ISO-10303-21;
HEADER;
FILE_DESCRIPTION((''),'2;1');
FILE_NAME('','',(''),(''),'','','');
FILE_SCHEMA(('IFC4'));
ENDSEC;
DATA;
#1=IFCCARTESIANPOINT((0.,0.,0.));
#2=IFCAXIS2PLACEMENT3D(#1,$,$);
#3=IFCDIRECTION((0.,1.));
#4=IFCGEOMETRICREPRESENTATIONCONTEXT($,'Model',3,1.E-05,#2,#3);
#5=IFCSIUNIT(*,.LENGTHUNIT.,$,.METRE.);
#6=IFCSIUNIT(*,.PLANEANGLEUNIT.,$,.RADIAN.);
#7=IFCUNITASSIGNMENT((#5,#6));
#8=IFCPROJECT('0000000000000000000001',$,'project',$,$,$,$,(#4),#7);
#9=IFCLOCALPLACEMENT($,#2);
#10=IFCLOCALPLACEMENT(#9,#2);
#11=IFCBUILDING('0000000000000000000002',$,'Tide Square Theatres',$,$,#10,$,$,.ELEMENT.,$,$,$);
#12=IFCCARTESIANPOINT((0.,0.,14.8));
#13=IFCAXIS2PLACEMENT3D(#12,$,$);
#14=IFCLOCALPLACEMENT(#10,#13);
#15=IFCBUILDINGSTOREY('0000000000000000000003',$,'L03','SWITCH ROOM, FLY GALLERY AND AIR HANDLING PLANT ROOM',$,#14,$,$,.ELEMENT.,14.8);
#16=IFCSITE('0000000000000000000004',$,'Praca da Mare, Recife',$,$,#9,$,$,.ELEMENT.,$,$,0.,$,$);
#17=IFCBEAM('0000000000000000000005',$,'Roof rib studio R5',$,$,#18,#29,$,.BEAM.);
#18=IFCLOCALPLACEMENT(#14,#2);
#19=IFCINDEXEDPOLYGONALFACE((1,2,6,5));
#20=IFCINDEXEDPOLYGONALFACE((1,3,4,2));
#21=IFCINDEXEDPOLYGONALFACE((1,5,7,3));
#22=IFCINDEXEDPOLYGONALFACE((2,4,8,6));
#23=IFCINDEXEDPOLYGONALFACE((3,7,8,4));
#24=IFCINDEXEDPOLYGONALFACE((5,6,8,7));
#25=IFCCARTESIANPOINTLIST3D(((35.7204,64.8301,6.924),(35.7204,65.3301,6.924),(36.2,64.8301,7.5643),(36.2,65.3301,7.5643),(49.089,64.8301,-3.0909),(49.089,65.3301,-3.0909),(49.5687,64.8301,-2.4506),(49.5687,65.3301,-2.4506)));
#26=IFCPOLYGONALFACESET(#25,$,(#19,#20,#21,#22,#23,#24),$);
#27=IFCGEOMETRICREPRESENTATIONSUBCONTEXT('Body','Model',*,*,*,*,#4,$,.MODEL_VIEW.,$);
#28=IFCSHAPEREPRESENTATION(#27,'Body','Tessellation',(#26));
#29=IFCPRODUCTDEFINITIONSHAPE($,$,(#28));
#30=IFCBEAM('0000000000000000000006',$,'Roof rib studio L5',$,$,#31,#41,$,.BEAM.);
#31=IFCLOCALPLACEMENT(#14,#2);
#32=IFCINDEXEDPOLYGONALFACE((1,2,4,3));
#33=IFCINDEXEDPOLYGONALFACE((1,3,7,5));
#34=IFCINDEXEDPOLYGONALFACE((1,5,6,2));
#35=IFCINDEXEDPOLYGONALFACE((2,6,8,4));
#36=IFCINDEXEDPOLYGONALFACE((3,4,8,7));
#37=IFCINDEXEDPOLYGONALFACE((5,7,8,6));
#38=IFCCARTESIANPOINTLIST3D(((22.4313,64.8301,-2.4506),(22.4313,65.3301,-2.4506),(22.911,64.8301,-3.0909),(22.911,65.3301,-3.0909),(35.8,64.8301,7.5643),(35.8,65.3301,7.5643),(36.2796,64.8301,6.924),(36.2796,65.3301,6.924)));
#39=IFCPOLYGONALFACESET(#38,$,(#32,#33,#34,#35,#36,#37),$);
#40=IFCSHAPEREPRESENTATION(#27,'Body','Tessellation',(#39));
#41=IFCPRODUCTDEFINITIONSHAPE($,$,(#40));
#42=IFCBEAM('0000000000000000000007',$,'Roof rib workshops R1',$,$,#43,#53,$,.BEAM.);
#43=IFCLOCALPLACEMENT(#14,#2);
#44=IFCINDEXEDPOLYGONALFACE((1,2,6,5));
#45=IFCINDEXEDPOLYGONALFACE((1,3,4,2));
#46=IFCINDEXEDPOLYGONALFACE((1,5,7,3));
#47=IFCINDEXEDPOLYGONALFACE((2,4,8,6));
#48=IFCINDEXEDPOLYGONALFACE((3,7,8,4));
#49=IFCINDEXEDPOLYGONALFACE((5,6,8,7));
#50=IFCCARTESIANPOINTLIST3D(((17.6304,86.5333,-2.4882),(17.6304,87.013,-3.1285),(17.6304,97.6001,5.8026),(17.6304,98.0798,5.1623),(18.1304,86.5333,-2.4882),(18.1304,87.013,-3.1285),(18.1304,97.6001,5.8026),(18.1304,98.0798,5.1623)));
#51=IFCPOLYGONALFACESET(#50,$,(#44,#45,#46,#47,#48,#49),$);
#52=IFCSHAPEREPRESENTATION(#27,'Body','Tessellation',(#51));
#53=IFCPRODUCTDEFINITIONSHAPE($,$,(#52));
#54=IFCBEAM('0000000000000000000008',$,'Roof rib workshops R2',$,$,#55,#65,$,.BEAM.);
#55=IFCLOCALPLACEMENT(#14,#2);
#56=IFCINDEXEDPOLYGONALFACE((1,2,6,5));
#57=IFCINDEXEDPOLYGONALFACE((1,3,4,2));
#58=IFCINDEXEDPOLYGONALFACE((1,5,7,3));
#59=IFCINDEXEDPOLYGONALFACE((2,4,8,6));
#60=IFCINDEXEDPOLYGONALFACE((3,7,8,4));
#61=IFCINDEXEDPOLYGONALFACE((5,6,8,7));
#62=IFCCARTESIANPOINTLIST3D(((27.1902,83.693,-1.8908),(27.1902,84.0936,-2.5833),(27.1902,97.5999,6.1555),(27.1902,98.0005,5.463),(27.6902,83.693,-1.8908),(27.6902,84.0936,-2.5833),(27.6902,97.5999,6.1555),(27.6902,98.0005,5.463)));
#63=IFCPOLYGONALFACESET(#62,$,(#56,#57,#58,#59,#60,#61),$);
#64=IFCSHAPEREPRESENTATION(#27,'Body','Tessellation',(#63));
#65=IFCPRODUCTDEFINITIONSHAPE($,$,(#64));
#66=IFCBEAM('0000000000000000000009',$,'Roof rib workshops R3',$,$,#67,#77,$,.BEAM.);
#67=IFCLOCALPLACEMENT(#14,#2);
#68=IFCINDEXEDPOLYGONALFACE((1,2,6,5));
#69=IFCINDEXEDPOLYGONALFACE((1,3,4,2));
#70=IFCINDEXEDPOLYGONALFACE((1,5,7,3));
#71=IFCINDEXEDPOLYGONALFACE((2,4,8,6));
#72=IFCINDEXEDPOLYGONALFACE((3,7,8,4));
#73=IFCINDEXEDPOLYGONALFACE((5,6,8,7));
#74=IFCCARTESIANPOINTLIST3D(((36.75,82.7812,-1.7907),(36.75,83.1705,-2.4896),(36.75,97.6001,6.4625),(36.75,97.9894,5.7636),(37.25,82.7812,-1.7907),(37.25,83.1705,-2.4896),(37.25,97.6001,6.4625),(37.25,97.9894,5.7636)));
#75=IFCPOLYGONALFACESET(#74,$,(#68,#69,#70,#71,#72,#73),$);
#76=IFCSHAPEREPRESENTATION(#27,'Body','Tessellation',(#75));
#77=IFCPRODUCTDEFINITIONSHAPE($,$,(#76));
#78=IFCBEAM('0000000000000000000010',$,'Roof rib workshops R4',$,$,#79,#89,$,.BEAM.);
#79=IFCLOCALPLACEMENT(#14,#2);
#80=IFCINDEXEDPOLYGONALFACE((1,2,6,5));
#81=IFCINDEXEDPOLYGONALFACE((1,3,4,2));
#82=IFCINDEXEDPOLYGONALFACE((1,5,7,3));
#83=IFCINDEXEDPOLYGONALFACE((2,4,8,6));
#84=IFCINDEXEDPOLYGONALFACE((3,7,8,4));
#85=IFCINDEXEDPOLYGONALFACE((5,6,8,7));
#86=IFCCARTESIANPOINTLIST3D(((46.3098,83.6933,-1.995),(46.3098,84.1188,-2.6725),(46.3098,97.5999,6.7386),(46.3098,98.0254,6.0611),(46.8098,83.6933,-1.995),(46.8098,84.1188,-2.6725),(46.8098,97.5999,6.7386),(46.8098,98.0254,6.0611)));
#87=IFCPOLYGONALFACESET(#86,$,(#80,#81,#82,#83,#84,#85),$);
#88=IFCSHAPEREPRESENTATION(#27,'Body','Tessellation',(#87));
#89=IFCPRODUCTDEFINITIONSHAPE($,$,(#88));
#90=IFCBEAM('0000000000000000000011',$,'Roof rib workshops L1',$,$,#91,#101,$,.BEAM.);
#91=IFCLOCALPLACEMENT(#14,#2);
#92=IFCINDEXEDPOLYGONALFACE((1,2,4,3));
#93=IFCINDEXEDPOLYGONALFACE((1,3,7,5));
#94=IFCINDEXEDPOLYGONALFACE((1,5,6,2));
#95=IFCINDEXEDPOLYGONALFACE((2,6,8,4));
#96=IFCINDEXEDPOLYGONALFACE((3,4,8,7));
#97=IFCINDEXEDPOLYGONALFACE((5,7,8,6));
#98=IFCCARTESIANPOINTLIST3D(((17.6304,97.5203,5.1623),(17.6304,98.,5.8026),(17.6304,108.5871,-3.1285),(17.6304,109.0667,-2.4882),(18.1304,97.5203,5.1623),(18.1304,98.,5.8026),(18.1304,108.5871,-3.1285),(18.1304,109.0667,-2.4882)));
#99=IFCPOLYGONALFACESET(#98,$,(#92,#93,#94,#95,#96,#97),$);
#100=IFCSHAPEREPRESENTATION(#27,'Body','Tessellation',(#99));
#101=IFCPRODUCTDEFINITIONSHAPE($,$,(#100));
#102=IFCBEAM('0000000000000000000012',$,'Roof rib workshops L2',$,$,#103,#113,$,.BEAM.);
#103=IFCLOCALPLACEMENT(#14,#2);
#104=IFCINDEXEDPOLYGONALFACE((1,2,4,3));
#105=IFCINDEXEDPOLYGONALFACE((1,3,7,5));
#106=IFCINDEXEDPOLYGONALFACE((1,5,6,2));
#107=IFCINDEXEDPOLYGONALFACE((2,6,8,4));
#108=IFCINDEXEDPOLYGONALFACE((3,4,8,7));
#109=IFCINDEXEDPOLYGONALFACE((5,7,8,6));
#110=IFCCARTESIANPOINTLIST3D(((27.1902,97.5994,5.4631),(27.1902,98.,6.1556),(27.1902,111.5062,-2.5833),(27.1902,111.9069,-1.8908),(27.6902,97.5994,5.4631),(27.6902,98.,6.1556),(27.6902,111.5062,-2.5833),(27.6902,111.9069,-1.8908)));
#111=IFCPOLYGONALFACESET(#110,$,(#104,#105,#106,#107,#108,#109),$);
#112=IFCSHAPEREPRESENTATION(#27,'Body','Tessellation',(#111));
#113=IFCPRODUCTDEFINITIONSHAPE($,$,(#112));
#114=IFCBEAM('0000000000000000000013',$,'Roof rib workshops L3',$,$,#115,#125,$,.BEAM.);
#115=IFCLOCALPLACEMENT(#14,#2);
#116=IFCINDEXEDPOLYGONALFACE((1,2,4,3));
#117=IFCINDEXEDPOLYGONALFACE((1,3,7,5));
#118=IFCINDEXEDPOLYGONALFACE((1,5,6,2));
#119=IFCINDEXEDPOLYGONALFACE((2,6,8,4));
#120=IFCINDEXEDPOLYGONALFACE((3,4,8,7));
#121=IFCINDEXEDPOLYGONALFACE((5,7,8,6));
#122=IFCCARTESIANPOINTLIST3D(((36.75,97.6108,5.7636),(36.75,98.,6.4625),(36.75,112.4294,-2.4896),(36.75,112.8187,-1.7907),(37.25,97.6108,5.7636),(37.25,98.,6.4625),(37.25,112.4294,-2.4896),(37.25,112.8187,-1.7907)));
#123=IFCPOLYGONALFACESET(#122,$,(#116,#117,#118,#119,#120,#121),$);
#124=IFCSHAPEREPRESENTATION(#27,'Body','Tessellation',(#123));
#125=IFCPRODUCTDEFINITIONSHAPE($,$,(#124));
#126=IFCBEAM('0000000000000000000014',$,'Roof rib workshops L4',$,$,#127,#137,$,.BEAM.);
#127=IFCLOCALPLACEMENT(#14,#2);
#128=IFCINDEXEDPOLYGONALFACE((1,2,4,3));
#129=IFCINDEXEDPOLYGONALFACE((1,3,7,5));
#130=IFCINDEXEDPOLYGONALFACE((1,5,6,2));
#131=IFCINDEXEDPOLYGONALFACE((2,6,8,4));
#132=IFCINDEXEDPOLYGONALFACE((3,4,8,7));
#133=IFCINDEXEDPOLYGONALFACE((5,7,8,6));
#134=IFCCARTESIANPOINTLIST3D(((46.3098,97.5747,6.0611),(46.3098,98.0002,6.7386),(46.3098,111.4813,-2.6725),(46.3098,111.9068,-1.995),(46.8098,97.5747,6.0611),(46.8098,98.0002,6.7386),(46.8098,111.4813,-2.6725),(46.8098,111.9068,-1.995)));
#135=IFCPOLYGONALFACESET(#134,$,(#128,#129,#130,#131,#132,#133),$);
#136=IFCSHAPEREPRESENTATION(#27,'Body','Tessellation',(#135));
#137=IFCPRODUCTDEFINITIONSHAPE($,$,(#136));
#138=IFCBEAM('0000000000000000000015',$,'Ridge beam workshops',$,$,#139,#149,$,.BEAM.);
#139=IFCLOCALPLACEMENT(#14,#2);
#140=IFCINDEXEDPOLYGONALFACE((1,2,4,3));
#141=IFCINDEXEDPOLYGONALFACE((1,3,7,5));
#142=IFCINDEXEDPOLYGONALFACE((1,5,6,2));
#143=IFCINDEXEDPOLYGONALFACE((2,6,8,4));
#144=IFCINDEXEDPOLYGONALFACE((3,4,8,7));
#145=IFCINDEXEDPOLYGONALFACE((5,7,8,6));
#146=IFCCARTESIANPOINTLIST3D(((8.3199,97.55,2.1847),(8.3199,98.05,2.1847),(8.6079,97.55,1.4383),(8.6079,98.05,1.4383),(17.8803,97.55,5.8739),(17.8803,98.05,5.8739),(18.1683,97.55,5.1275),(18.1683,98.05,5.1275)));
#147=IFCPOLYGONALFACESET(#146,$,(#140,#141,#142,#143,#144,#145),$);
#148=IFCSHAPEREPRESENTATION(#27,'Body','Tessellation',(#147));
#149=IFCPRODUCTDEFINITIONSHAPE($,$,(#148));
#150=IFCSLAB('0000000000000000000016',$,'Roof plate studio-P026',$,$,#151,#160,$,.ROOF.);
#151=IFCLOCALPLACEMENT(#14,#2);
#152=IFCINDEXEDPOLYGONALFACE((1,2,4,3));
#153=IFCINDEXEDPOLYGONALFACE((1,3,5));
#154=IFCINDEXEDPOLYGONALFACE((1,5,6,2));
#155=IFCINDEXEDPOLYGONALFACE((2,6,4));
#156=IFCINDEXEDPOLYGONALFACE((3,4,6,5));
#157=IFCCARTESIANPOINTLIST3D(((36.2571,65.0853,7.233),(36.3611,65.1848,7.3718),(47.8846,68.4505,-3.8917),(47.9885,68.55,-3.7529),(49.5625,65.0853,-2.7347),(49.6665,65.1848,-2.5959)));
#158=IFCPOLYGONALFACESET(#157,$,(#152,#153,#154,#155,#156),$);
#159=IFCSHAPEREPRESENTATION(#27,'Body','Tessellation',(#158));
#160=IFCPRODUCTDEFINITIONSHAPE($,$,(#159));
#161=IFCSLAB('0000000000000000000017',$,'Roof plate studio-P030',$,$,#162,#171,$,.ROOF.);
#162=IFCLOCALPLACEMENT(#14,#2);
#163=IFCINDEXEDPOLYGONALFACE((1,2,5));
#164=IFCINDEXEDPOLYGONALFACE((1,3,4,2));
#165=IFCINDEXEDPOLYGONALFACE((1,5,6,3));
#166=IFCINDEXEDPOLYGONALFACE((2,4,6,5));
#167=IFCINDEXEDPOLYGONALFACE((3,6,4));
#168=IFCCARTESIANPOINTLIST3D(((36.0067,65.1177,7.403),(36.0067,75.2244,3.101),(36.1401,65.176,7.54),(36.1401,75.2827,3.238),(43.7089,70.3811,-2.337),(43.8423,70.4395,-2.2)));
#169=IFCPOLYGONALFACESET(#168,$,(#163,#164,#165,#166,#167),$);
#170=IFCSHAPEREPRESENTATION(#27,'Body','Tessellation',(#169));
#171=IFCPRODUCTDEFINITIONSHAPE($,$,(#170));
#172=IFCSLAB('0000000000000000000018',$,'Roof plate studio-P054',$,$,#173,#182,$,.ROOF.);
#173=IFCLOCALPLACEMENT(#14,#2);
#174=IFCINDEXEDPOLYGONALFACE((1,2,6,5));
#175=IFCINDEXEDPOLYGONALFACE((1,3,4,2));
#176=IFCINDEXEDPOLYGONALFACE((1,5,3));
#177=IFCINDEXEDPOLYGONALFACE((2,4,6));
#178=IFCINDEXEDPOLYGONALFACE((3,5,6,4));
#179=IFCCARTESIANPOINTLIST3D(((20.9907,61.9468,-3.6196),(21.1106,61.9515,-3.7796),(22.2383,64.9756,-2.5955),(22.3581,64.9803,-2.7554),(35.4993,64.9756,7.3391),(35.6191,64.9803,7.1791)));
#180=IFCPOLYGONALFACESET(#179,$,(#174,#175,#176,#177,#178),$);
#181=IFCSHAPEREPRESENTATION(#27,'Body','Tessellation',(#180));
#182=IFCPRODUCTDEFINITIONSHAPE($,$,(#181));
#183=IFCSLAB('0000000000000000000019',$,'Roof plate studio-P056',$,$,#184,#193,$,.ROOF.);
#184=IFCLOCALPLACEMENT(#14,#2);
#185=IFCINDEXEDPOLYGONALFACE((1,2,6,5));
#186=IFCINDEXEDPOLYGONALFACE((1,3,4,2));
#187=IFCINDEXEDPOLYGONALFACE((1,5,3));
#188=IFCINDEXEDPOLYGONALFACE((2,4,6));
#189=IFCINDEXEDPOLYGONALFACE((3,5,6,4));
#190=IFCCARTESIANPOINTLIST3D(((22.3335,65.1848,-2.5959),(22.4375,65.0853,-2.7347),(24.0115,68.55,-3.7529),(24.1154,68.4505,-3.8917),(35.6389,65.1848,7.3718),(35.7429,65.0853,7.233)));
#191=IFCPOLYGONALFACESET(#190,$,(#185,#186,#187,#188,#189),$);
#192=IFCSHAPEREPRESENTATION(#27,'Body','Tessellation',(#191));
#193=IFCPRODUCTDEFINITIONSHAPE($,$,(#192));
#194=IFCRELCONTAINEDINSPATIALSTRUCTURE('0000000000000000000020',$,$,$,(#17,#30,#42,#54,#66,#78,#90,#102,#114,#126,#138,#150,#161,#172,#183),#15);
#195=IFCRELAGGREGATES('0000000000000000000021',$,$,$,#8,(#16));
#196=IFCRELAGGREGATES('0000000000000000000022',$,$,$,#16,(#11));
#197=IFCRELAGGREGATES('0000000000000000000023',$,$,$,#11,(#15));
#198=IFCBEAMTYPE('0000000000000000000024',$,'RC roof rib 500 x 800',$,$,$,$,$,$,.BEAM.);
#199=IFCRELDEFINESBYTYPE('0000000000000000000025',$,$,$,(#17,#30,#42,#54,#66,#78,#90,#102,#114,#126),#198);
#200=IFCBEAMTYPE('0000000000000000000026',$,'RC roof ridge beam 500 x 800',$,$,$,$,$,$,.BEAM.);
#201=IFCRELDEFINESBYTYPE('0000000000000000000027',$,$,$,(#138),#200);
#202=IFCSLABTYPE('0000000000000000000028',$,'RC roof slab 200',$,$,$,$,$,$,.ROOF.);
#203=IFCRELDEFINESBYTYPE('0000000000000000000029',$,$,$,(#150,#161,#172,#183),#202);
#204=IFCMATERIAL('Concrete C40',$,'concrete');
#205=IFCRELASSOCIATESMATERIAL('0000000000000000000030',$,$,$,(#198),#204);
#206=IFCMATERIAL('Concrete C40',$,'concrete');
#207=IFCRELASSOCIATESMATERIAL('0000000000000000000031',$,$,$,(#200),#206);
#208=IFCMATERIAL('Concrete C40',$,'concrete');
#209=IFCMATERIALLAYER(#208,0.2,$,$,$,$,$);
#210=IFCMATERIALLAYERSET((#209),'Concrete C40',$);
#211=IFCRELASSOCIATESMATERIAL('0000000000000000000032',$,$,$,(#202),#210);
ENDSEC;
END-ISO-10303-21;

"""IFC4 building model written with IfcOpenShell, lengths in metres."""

from ifc_helpers import new_model, si_unit, direction, frame, origin, origin_2d, place, context, subcontext, project, spatial, polyline, rectangle, outline, extrude, material, layer, layer_set, material_profile, profile_set, type_object, element, save


model = new_model("IFC4")

# Units and contexts
model_context = context("Model", 3, precision=1e-05, world=origin(), true_north=direction((0.0, 1.0)))
body_context = subcontext(model_context, "Body", "Model", "MODEL_VIEW")
ifc_project = project(units=[si_unit("LENGTHUNIT", "METRE"), si_unit("PLANEANGLEUNIT", "RADIAN")], contexts=[model_context])

# Site, building, storey
site_placement = place(None, origin())
site = spatial("IfcSite", under=ifc_project, at=site_placement, Name="Praca da Mare, Recife", CompositionType="ELEMENT", RefElevation=0.0)
building_placement = place(site_placement, origin())
building = spatial("IfcBuilding", under=site, at=building_placement, Name="Tide Square Theatres", CompositionType="ELEMENT")
storey_placement = place(building_placement, frame((0.0, 0.0, 14.8)))
storey = spatial("IfcBuildingStorey", under=building, at=storey_placement, Name="L03", Description="SWITCH ROOM, FLY GALLERY AND AIR HANDLING PLANT ROOM", CompositionType="ELEMENT", Elevation=14.8)

# Beams
ifc_material_1 = material(Name="Concrete C40", Category="concrete")
ifc_material_profile_1 = material_profile(ifc_material_1, rectangle(XDim=0.5, YDim=0.8, at=origin_2d()))
ifc_profile_set_1 = profile_set([ifc_material_profile_1], Name="Concrete C40")
beam_type_1 = type_object("IfcBeamType", Name="RC roof rib 500 x 800", PredefinedType="BEAM", material=ifc_profile_set_1)
for number, where, z_axis, x_axis, name in (
    (1, (49.3289, 65.0801, -2.7708), (-0.800333, 0.0, 0.599556), (0.0, -1.0, 0.0), "Roof rib studio R5"),
    (2, (22.6711, 65.0801, -2.7708), (0.800333, 0.0, 0.599556), (0.0, 1.0, 0.0), "Roof rib studio L5"),
):
    element("IfcBeam", number, at=place(storey_placement, frame(where, z_axis=z_axis, x_axis=x_axis)), inside=storey, type_object=beam_type_1, Name=name, PredefinedType="BEAM", context=body_context, shape_type="SweptSolid", body=[
        extrude(rectangle(XDim=0.5, YDim=0.8, at=origin_2d()), origin(), (0.0, 0.0, 1.0), 16.7039),
    ])
beam_1_placement = place(storey_placement, frame((17.8804, 86.7732, -2.8083), z_axis=(0.0, 0.80032, 0.599573), x_axis=(-1.0, 0.0, 0.0)))
element("IfcBeam", 3, at=beam_1_placement, inside=storey, type_object=beam_type_1, Name="Roof rib workshops R1", PredefinedType="BEAM", context=body_context, shape_type="SweptSolid", body=[
    extrude(rectangle(XDim=0.5, YDim=0.8, at=origin_2d()), origin(), (0.0, 0.0, 1.0), 13.8279),
])
beam_2_placement = place(storey_placement, frame((27.4402, 83.8933, -2.2371), z_axis=(0.0, 0.865562, 0.500802), x_axis=(-1.0, 0.0, 0.0)))
element("IfcBeam", 4, at=beam_2_placement, inside=storey, type_object=beam_type_1, Name="Roof rib workshops R2", PredefinedType="BEAM", context=body_context, shape_type="SweptSolid", body=[
    extrude(rectangle(XDim=0.5, YDim=0.8, at=origin_2d()), origin(), (0.0, 0.0, 1.0), 16.0669),
])
beam_3_placement = place(storey_placement, frame((37.0, 82.9758, -2.1401), z_axis=(0.0, 0.873644, 0.486565), x_axis=(-1.0, 0.0, 0.0)))
element("IfcBeam", 5, at=beam_3_placement, inside=storey, type_object=beam_type_1, Name="Roof rib workshops R3", PredefinedType="BEAM", context=body_context, shape_type="SweptSolid", body=[
    extrude(rectangle(XDim=0.5, YDim=0.8, at=origin_2d()), origin(), (0.0, 0.0, 1.0), 16.9622),
])
beam_4_placement = place(storey_placement, frame((46.5598, 83.906, -2.3337), z_axis=(0.0, 0.846849, 0.531834), x_axis=(-1.0, 0.0, 0.0)))
element("IfcBeam", 6, at=beam_4_placement, inside=storey, type_object=beam_type_1, Name="Roof rib workshops R4", PredefinedType="BEAM", context=body_context, shape_type="SweptSolid", body=[
    extrude(rectangle(XDim=0.5, YDim=0.8, at=origin_2d()), origin(), (0.0, 0.0, 1.0), 16.4216),
])
beam_5_placement = place(storey_placement, frame((17.8804, 108.8269, -2.8083), z_axis=(0.0, -0.80032, 0.599573), x_axis=(1.0, 0.0, 0.0)))
element("IfcBeam", 7, at=beam_5_placement, inside=storey, type_object=beam_type_1, Name="Roof rib workshops L1", PredefinedType="BEAM", context=body_context, shape_type="SweptSolid", body=[
    extrude(rectangle(XDim=0.5, YDim=0.8, at=origin_2d()), origin(), (0.0, 0.0, 1.0), 13.8279),
])
beam_6_placement = place(storey_placement, frame((27.4402, 111.7065, -2.2371), z_axis=(0.0, -0.865558, 0.500809), x_axis=(1.0, 0.0, 0.0)))
element("IfcBeam", 8, at=beam_6_placement, inside=storey, type_object=beam_type_1, Name="Roof rib workshops L2", PredefinedType="BEAM", context=body_context, shape_type="SweptSolid", body=[
    extrude(rectangle(XDim=0.5, YDim=0.8, at=origin_2d()), origin(), (0.0, 0.0, 1.0), 16.0669),
])
beam_7_placement = place(storey_placement, frame((37.0, 112.624, -2.1401), z_axis=(0.0, -0.873641, 0.486571), x_axis=(1.0, 0.0, 0.0)))
element("IfcBeam", 9, at=beam_7_placement, inside=storey, type_object=beam_type_1, Name="Roof rib workshops L3", PredefinedType="BEAM", context=body_context, shape_type="SweptSolid", body=[
    extrude(rectangle(XDim=0.5, YDim=0.8, at=origin_2d()), origin(), (0.0, 0.0, 1.0), 16.9619),
])
beam_8_placement = place(storey_placement, frame((46.5598, 111.6941, -2.3337), z_axis=(0.0, -0.846849, 0.531834), x_axis=(1.0, 0.0, 0.0)))
element("IfcBeam", 10, at=beam_8_placement, inside=storey, type_object=beam_type_1, Name="Roof rib workshops L4", PredefinedType="BEAM", context=body_context, shape_type="SweptSolid", body=[
    extrude(rectangle(XDim=0.5, YDim=0.8, at=origin_2d()), origin(), (0.0, 0.0, 1.0), 16.4216),
])
ifc_material_2 = material(Name="Concrete C40", Category="concrete")
ifc_material_profile_2 = material_profile(ifc_material_2, rectangle(XDim=0.5, YDim=0.8, at=origin_2d()))
ifc_profile_set_2 = profile_set([ifc_material_profile_2], Name="Concrete C40")
beam_type_2 = type_object("IfcBeamType", Name="RC roof ridge beam 500 x 800", PredefinedType="BEAM", material=ifc_profile_set_2)
beam_9_placement = place(storey_placement, frame((8.4639, 97.8, 1.8115), z_axis=(0.93295, 0.0, 0.360005), x_axis=(0.0, 1.0, 0.0)))
element("IfcBeam", 11, at=beam_9_placement, inside=storey, type_object=beam_type_2, Name="Ridge beam workshops", PredefinedType="BEAM", context=body_context, shape_type="SweptSolid", body=[
    extrude(rectangle(XDim=0.5, YDim=0.8, at=origin_2d()), origin(), (0.0, 0.0, 1.0), 10.2476),
])

# Slabs
ifc_material_3 = material(Name="Concrete C40", Category="concrete")
ifc_layer = layer(ifc_material_3, 0.2)
ifc_layer_set = layer_set([ifc_layer], Name="Concrete C40")
slab_type = type_object("IfcSlabType", Name="RC roof slab 200", PredefinedType="ROOF", material=ifc_layer_set)
slab_1_placement = place(storey_placement, frame((47.9885, 68.55, -3.7529), z_axis=(0.519966, 0.497892, 0.694074), x_axis=(-0.707254, -0.204695, 0.676677)))
element("IfcSlab", 12, at=slab_1_placement, inside=storey, type_object=slab_type, Name="Roof plate studio-P026", PredefinedType="ROOF", context=body_context, shape_type="SweptSolid", body=[
    extrude(outline(polyline([(0.0, 0.0), (16.4403, 0.0), (0.285, 3.924), (0.0, 0.0)])), origin(), (0.0, 0.0, -1.0), 0.2),
])
slab_2_placement = place(storey_placement, frame((43.8423, 70.4395, -2.2), z_axis=(0.667281, 0.291706, 0.685306), x_axis=(-0.726644, 0.456928, 0.513036)))
element("IfcSlab", 13, at=slab_2_placement, inside=storey, type_object=slab_type, Name="Roof plate studio-P030", PredefinedType="ROOF", context=body_context, shape_type="SweptSolid", body=[
    extrude(outline(polyline([(0.0, 0.0), (10.5996, 0.0), (8.1887, 10.7163), (0.0, 0.0)])), origin(), (0.0, 0.0, -1.0), 0.2),
])
slab_3_placement = place(storey_placement, frame((20.9907, 61.9468, -3.6196), z_axis=(-0.599401, -0.023656, 0.800099), x_axis=(0.787108, 0.164317, 0.594526)))
element("IfcSlab", 14, at=slab_3_placement, inside=storey, type_object=slab_type, Name="Roof plate studio-P054", PredefinedType="ROOF", context=body_context, shape_type="SweptSolid", body=[
    extrude(outline(polyline([(0.0, 0.0), (18.4327, 0.0), (2.0885, 2.7234), (0.0, 0.0)])), origin(), (0.0, 0.0, -1.0), 0.2),
])
slab_4_placement = place(storey_placement, frame((24.0115, 68.55, -3.7529), z_axis=(-0.519966, 0.497892, 0.694074), x_axis=(-0.426496, -0.855349, 0.294073)))
element("IfcSlab", 15, at=slab_4_placement, inside=storey, type_object=slab_type, Name="Roof plate studio-P056", PredefinedType="ROOF", context=body_context, shape_type="SweptSolid", body=[
    extrude(outline(polyline([(0.0, 0.0), (3.9343, 0.0), (1.1909, 16.3971), (0.0, 0.0)])), origin(), (0.0, 0.0, -1.0), 0.2),
])

save(model, "model.ifc")
